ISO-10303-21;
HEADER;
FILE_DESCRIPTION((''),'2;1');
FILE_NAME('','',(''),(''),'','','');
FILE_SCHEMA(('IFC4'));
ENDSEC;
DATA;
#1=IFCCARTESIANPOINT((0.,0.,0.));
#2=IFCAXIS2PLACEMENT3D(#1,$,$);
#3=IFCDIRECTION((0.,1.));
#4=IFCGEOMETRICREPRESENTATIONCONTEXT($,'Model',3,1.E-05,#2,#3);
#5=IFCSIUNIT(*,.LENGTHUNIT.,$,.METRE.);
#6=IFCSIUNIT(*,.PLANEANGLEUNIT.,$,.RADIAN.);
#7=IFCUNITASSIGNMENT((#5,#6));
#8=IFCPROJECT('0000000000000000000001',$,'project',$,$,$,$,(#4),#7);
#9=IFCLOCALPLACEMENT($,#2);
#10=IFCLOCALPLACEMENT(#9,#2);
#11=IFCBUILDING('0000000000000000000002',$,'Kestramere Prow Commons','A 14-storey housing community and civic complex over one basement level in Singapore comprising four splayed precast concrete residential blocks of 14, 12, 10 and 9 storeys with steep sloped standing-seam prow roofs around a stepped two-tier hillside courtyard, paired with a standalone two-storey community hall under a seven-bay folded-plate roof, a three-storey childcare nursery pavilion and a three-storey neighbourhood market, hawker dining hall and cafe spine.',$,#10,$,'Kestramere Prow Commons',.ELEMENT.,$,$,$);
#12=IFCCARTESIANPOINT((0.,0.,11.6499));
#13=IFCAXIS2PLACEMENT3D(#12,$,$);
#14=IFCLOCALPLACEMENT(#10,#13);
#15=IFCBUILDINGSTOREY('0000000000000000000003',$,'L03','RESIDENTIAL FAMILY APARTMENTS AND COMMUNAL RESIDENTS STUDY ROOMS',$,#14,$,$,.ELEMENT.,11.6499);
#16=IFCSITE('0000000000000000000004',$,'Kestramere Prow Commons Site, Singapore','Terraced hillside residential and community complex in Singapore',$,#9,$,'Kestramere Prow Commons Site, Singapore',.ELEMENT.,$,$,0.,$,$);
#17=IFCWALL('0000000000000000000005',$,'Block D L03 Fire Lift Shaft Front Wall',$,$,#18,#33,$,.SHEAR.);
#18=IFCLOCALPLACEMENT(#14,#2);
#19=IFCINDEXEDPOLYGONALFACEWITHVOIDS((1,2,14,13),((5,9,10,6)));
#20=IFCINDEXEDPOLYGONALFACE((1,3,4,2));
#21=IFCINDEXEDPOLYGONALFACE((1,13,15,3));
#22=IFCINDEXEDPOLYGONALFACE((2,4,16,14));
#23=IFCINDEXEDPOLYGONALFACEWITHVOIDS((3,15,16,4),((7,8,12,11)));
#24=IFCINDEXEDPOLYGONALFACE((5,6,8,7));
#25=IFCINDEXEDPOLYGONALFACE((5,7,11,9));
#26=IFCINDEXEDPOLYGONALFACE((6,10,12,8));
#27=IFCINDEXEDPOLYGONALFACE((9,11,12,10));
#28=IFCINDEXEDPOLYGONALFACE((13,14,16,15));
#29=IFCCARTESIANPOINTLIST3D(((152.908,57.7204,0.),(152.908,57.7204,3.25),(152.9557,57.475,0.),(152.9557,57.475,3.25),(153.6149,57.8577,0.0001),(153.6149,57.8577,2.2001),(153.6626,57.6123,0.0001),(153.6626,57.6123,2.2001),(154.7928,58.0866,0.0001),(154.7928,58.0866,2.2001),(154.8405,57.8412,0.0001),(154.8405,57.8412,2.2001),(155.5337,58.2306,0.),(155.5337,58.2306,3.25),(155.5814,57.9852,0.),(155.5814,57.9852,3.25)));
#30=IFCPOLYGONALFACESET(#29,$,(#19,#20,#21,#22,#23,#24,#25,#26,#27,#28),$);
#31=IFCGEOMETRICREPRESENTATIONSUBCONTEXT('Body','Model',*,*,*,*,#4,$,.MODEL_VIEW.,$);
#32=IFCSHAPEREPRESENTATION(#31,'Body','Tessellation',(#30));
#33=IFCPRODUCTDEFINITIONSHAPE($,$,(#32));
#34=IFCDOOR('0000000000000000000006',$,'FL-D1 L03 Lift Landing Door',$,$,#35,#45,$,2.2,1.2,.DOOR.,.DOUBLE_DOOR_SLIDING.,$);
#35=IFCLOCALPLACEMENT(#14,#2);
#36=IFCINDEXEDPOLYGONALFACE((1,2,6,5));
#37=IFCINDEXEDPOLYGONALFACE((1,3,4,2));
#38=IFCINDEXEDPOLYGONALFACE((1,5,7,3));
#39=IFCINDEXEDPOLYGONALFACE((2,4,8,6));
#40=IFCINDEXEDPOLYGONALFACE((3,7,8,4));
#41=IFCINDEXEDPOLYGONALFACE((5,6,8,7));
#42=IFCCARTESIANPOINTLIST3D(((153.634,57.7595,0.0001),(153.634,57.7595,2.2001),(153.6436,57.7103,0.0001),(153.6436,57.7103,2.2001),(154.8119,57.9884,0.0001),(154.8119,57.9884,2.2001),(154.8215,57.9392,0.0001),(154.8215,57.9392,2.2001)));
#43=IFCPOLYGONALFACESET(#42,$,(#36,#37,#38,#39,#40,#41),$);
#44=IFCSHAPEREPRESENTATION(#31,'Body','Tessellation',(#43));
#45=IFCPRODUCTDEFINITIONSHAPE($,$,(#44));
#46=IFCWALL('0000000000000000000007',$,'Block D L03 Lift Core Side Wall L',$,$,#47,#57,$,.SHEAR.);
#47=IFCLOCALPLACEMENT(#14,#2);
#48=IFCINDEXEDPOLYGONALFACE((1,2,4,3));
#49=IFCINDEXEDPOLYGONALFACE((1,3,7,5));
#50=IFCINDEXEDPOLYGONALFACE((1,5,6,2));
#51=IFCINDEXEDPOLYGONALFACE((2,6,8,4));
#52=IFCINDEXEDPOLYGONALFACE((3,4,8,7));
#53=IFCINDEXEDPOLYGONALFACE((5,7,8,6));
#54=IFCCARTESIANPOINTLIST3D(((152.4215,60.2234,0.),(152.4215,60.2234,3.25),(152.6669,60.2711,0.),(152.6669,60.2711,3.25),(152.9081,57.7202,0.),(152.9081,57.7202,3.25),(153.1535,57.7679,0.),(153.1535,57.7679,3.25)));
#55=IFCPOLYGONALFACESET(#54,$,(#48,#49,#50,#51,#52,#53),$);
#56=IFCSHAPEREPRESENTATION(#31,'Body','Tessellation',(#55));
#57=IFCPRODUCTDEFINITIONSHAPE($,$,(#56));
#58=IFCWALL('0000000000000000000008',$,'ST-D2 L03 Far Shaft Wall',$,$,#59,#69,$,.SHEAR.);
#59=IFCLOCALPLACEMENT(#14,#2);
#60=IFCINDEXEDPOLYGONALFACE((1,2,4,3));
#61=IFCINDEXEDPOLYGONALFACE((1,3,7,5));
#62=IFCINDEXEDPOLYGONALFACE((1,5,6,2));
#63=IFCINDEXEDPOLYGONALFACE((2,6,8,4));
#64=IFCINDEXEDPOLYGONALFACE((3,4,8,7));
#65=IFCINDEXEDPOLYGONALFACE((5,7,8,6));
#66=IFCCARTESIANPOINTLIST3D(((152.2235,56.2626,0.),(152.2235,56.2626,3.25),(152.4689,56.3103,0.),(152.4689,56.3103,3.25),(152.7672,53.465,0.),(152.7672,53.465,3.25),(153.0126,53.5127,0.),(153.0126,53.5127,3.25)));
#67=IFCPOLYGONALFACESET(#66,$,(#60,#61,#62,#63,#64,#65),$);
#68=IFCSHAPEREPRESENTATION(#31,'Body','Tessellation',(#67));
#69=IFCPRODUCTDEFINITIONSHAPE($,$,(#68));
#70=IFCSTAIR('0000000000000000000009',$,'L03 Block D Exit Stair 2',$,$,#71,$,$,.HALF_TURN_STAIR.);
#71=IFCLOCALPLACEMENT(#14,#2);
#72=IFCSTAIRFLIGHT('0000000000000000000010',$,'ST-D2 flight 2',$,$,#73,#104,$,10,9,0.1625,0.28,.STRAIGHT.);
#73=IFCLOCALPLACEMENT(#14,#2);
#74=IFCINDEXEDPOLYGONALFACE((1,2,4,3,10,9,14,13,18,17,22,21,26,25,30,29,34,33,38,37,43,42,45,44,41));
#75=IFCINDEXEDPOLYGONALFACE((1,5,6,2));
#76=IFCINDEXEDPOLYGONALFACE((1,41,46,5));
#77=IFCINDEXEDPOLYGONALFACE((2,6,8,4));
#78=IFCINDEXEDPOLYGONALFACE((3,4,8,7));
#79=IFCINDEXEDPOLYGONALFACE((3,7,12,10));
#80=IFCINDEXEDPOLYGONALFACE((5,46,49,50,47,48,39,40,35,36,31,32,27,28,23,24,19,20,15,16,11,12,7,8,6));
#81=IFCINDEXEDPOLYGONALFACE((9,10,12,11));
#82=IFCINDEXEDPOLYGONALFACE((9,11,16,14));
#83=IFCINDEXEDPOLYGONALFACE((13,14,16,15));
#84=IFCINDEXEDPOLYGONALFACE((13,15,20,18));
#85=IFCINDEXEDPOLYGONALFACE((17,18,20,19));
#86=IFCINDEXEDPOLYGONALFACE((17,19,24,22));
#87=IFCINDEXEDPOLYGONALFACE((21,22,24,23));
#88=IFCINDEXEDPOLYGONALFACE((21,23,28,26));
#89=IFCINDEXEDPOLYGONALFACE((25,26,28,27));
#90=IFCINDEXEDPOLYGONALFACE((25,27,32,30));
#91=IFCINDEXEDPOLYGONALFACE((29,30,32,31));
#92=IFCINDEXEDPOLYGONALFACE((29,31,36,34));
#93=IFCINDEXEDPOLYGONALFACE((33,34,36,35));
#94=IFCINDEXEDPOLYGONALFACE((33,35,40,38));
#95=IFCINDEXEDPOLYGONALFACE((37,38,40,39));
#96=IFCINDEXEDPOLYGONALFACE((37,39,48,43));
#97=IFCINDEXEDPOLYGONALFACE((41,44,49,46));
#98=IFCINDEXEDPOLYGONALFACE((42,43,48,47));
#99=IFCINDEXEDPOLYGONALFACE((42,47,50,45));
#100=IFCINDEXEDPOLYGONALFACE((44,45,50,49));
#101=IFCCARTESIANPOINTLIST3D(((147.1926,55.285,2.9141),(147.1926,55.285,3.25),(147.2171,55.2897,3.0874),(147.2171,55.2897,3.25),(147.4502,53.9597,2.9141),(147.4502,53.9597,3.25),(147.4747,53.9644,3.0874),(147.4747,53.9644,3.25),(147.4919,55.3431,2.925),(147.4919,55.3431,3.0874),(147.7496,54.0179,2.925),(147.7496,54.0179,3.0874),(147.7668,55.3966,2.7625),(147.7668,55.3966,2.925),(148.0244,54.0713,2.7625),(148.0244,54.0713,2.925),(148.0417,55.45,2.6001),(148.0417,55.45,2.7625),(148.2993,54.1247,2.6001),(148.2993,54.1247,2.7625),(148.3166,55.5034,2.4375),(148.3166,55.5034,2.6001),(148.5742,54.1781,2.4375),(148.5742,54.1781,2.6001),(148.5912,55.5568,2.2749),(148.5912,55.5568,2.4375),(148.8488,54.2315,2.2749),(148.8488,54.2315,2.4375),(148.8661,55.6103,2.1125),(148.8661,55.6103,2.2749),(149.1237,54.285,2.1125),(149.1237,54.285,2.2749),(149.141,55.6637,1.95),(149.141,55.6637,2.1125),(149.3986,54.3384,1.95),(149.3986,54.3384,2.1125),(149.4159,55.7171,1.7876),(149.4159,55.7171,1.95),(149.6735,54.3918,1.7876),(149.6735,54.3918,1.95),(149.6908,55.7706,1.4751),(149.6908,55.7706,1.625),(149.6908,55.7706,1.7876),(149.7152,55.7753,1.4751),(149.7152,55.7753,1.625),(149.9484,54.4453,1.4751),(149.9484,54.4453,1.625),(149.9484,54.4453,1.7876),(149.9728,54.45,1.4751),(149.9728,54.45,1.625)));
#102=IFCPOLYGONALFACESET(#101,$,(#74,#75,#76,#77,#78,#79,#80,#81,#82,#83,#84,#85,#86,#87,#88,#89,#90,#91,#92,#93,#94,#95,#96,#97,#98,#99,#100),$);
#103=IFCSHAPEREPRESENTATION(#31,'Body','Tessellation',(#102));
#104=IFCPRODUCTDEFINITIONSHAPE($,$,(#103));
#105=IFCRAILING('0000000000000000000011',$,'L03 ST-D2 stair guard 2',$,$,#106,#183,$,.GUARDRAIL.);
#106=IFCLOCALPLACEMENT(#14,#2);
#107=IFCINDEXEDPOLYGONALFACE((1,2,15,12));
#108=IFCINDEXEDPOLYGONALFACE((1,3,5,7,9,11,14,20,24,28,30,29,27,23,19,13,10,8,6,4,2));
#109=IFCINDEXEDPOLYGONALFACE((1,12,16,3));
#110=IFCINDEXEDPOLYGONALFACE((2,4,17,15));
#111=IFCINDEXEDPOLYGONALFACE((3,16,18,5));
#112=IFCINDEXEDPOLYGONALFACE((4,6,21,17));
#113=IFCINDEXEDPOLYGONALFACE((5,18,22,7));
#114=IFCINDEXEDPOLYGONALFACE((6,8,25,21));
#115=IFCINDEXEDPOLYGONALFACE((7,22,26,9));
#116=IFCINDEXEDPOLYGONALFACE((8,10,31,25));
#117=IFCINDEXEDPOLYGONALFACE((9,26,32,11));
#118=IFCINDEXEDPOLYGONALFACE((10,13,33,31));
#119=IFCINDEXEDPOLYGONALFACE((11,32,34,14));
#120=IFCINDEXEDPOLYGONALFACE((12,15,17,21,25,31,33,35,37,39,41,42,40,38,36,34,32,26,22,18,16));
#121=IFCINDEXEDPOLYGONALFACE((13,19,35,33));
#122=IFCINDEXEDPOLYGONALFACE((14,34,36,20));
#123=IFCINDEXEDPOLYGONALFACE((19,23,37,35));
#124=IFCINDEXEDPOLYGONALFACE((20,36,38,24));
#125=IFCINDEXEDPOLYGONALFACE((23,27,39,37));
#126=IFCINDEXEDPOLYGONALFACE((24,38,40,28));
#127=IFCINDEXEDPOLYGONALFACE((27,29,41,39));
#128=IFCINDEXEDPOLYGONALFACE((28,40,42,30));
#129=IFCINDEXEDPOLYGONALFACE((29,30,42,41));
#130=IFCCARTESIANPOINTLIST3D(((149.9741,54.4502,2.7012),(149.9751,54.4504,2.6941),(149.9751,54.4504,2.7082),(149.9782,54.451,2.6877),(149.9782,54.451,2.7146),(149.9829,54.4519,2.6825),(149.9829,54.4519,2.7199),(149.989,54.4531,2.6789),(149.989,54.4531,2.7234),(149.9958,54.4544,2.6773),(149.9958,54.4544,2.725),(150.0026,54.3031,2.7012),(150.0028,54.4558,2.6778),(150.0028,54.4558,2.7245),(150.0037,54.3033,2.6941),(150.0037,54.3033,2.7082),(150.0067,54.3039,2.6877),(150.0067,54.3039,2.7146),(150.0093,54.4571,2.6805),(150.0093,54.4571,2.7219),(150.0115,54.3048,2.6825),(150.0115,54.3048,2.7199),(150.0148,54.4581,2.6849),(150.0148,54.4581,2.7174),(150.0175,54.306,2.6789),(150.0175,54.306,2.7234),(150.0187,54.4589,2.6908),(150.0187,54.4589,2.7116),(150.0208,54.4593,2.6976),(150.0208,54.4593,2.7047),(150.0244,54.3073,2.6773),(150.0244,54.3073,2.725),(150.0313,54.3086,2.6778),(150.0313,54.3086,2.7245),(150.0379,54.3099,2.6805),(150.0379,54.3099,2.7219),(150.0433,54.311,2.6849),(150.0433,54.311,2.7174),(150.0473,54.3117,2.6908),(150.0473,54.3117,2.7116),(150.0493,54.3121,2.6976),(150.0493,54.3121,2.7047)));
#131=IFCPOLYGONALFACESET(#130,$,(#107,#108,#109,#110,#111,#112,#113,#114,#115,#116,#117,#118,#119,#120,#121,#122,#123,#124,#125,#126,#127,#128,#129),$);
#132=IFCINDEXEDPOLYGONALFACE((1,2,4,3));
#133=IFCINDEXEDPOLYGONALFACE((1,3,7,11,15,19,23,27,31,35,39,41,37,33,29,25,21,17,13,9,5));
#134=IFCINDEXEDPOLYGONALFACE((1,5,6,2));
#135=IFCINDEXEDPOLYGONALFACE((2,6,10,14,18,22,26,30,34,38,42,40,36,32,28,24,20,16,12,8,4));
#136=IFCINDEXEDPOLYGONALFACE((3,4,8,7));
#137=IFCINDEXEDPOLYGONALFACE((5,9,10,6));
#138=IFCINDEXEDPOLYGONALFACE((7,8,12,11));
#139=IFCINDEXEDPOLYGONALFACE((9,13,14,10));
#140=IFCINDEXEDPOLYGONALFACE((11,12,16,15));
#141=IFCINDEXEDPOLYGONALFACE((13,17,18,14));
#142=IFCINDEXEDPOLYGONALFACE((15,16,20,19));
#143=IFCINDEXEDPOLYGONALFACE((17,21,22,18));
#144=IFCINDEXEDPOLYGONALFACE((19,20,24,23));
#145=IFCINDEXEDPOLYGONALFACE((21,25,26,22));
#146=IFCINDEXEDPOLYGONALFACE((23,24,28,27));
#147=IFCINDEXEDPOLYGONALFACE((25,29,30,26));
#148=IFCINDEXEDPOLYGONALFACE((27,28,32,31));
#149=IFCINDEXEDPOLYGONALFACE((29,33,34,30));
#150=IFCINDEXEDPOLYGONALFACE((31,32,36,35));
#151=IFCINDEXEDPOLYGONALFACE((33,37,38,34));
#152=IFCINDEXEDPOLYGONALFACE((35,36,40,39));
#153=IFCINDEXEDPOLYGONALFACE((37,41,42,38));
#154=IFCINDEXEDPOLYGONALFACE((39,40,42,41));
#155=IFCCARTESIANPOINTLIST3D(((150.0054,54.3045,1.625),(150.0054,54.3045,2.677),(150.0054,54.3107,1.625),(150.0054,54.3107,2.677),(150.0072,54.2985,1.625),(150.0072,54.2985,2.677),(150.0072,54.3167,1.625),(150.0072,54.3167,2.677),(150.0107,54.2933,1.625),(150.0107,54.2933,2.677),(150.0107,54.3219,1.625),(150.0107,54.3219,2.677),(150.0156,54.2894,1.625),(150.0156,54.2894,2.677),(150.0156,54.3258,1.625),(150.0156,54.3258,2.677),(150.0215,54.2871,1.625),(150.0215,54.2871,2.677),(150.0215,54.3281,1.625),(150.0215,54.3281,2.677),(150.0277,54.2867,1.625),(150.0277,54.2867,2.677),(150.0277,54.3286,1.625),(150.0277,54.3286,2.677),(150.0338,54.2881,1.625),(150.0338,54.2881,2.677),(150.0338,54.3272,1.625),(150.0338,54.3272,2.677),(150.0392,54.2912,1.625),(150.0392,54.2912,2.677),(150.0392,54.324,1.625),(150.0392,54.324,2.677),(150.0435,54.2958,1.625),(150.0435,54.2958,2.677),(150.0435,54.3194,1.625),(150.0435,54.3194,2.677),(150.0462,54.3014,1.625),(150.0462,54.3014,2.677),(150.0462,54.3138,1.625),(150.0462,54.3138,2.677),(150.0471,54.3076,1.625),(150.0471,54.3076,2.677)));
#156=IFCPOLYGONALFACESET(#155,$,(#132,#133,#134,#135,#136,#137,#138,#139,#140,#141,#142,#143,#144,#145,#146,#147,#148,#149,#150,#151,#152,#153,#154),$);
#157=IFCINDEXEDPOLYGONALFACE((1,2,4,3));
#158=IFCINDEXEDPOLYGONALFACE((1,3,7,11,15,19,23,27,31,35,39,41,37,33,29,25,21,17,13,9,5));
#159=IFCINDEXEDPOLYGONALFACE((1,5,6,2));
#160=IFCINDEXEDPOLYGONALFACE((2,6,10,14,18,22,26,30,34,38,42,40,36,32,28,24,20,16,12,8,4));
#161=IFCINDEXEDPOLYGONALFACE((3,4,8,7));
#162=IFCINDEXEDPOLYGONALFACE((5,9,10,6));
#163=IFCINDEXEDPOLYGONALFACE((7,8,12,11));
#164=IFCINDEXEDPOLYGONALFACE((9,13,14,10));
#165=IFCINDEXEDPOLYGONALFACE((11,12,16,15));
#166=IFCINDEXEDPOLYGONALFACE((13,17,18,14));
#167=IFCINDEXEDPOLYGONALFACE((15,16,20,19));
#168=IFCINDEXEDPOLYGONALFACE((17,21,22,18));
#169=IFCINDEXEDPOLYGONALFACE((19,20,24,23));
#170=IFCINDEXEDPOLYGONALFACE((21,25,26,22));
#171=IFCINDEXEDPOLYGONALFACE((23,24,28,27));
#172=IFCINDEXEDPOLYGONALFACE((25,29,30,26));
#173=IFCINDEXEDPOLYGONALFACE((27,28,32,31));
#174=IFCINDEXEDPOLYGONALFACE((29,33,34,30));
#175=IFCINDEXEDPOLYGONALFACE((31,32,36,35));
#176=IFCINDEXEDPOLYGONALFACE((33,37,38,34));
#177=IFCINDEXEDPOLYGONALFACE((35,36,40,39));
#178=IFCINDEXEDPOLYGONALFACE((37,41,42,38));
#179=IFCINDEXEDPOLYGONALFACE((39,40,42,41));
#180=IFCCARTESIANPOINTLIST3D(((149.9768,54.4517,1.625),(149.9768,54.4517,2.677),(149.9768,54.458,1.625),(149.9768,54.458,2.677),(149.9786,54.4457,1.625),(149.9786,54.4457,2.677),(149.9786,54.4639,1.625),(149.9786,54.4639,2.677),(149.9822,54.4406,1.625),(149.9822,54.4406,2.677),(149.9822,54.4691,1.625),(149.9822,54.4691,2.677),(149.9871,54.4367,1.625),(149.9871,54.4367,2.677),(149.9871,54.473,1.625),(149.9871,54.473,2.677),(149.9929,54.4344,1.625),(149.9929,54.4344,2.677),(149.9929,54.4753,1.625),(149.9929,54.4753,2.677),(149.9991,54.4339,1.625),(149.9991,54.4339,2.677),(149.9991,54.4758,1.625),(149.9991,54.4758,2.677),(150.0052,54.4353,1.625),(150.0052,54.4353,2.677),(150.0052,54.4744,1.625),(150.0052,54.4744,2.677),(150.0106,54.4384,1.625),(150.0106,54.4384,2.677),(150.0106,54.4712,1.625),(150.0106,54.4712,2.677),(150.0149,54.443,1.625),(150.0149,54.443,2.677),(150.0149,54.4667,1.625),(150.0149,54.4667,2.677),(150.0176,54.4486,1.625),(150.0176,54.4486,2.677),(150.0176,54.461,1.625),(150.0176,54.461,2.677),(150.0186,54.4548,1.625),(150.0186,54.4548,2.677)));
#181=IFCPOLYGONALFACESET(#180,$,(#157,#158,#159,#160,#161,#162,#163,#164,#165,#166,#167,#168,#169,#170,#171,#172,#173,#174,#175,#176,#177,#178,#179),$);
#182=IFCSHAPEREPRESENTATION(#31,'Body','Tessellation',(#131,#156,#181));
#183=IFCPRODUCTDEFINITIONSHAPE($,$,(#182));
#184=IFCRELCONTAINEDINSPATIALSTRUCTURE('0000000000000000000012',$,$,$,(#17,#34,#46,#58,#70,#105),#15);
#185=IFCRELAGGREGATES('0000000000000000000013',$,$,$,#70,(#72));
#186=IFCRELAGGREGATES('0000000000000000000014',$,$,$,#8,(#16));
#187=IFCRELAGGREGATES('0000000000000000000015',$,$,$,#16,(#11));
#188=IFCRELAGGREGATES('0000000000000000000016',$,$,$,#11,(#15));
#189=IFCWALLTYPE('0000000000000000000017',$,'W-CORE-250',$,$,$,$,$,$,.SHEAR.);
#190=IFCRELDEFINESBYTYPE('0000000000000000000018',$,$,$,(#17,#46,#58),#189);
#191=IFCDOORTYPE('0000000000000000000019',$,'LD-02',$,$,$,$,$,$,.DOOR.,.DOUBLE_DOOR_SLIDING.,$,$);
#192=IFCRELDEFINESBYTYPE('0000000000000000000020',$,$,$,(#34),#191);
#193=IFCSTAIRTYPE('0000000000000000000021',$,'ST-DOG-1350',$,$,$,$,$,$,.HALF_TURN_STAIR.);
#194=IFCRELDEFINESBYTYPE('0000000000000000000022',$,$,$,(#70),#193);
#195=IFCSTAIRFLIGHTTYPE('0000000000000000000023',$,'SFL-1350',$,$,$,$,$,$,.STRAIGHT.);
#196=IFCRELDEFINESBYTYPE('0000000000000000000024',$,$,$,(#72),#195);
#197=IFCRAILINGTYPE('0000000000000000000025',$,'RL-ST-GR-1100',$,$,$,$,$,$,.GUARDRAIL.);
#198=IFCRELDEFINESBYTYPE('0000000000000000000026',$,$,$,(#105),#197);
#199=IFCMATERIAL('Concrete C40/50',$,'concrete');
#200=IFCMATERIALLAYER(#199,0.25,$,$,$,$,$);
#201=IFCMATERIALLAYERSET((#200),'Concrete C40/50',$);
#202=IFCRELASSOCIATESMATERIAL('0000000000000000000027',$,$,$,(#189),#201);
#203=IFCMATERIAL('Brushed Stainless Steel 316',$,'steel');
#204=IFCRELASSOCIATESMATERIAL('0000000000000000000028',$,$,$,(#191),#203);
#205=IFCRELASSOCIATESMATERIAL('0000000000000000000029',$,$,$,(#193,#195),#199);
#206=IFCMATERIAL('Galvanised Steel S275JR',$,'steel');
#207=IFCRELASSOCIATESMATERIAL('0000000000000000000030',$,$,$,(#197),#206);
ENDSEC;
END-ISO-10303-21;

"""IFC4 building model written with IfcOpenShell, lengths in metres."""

from ifc_helpers import new_model, si_unit, direction, frame, frame_2d, origin, origin_2d, place, context, subcontext, project, spatial, polyline, rectangle, circle, outline, extrude, material, layer, layer_set, type_object, element, fill, aggregate, save


model = new_model("IFC4")

# Units and contexts
model_context = context("Model", 3, precision=1e-05, world=origin(), true_north=direction((0.0, 1.0)))
body_context = subcontext(model_context, "Body", "Model", "MODEL_VIEW")
ifc_project = project(units=[si_unit("LENGTHUNIT", "METRE"), si_unit("PLANEANGLEUNIT", "RADIAN")], contexts=[model_context])

# Site, building, storey
site_placement = place(None, origin())
site = spatial("IfcSite", under=ifc_project, at=site_placement, Name="Kestramere Prow Commons Site, Singapore", Description="Terraced hillside residential and community complex in Singapore", LongName="Kestramere Prow Commons Site, Singapore", CompositionType="ELEMENT", RefElevation=0.0)
building_placement = place(site_placement, origin())
building = spatial("IfcBuilding", under=site, at=building_placement, Name="Kestramere Prow Commons", Description="A 14-storey housing community and civic complex over one basement level in Singapore comprising four splayed precast concrete residential blocks of 14, 12, 10 and 9 storeys with steep sloped standing-seam prow roofs around a stepped two-tier hillside courtyard, paired with a standalone two-storey community hall under a seven-bay folded-plate roof, a three-storey childcare nursery pavilion and a three-storey neighbourhood market, hawker dining hall and cafe spine.", LongName="Kestramere Prow Commons", CompositionType="ELEMENT")
storey_placement = place(building_placement, frame((0.0, 0.0, 11.6499)))
storey = spatial("IfcBuildingStorey", under=building, at=storey_placement, Name="L03", Description="RESIDENTIAL FAMILY APARTMENTS AND COMMUNAL RESIDENTS STUDY ROOMS", CompositionType="ELEMENT", Elevation=11.6499)

# Shared definitions
ifc_material_1 = material(Name="Concrete C40/50", Category="concrete")

# Shared definitions
ifc_layer_1 = layer(ifc_material_1, 0.25)
ifc_layer_set_1 = layer_set([ifc_layer_1], Name="Concrete C40/50")
wall_type = type_object("IfcWallType", Name="W-CORE-250", PredefinedType="SHEAR", material=ifc_layer_set_1)

# Wall, opening, door
wall_1_placement = place(storey_placement, frame((152.9319, 57.5977, 0.0), z_axis=(0.0, 0.0, 1.0), x_axis=(0.981637, 0.19076, 0.0)))
wall_1 = element("IfcWall", 1, at=wall_1_placement, inside=storey, type_object=wall_type, Name="Block D L03 Fire Lift Shaft Front Wall", PredefinedType="SHEAR", context=body_context, shape_type="SweptSolid", body=[
    extrude(rectangle(XDim=2.6748, YDim=0.25, at=frame_2d((1.3374, 0.0))), origin(), (0.0, 0.0, 1.0), 3.25),
])
opening_placement = place(wall_1_placement, frame((0.72, 0.0, 0.0)))
opening = element("IfcOpeningElement", 2, at=opening_placement, cuts=wall_1, PredefinedType="OPENING", context=body_context, shape_type="SweptSolid", body=[
    extrude(rectangle(XDim=1.2, YDim=2.2, at=frame_2d((0.6001, 1.1001))), frame((0.0, 0.1399, 0.0), z_axis=(0.0, -1.0, 0.0), x_axis=(1.0, 0.0, 0.0)), (0.0, 0.0, 1.0), 0.28),
])
ifc_material_2 = material(Name="Brushed Stainless Steel 316", Category="steel")
door_type = type_object("IfcDoorType", Name="LD-02", OperationType="DOUBLE_DOOR_SLIDING", PredefinedType="DOOR", material=ifc_material_2)
door_placement = place(opening_placement, origin())
door = element("IfcDoor", 3, at=door_placement, inside=storey, type_object=door_type, Name="FL-D1 L03 Lift Landing Door", OperationType="DOUBLE_DOOR_SLIDING", OverallHeight=2.2, OverallWidth=1.2, PredefinedType="DOOR", context=body_context, shape_type="SweptSolid", body=[
    extrude(rectangle(XDim=1.2, YDim=2.2, at=frame_2d((0.6001, 1.1001))), frame((0.0, 0.0249, 0.0), z_axis=(0.0, -1.0, 0.0), x_axis=(1.0, 0.0, 0.0)), (0.0, 0.0, 1.0), 0.05),
])
fill(opening, door)

# Walls
wall_2_placement = place(storey_placement, frame((153.0308, 57.7441, 0.0), z_axis=(0.0, 0.0, 1.0), x_axis=(-0.190811, 0.981627, 0.0)))
element("IfcWall", 4, at=wall_2_placement, inside=storey, type_object=wall_type, Name="Block D L03 Lift Core Side Wall L", PredefinedType="SHEAR", context=body_context, shape_type="SweptSolid", body=[
    extrude(rectangle(XDim=2.55, YDim=0.25, at=frame_2d((1.2749, 0.0))), origin(), (0.0, 0.0, 1.0), 3.25),
])
wall_3_placement = place(storey_placement, frame((152.8899, 53.489, 0.0), z_axis=(0.0, 0.0, 1.0), x_axis=(-0.190776, 0.981634, 0.0)))
element("IfcWall", 5, at=wall_3_placement, inside=storey, type_object=wall_type, Name="ST-D2 L03 Far Shaft Wall", PredefinedType="SHEAR", context=body_context, shape_type="SweptSolid", body=[
    extrude(rectangle(XDim=2.8499, YDim=0.25, at=frame_2d((1.4248, 0.0))), origin(), (0.0, 0.0, 1.0), 3.25),
])

# Stair, stair flight
stair_type = type_object("IfcStairType", Name="ST-DOG-1350", PredefinedType="HALF_TURN_STAIR", material=ifc_material_1)
stair_placement = place(storey_placement, origin())
stair = element("IfcStair", 6, at=stair_placement, inside=storey, type_object=stair_type, Name="L03 Block D Exit Stair 2", PredefinedType="HALF_TURN_STAIR")
stair_flight_type = type_object("IfcStairFlightType", Name="SFL-1350", PredefinedType="STRAIGHT", material=ifc_material_1)
stair_flight_placement = place(storey_placement, frame((149.8196, 55.1079, 1.625), z_axis=(0.0, 0.0, 1.0), x_axis=(-0.981627, -0.190809, 0.0)))
stair_flight = element("IfcStairFlight", 7, at=stair_flight_placement, type_object=stair_flight_type, Name="ST-D2 flight 2", NumberOfRisers=10, NumberOfTreads=9, PredefinedType="STRAIGHT", RiserHeight=0.1625, TreadLength=0.28, context=body_context, shape_type="SweptSolid", body=[
    extrude(outline(polyline([(-0.0249, 0.0), (0.0, 0.0), (0.0, 0.1626), (0.28, 0.1626), (0.28, 0.325), (0.5601, 0.325), (0.5601, 0.4875), (0.8401, 0.4875), (0.8401, 0.6499), (1.1201, 0.6499), (1.1201, 0.8125), (1.3999, 0.8125), (1.3999, 0.9751), (1.6799, 0.9751), (1.6799, 1.1375), (1.96, 1.1375), (1.96, 1.3), (2.24, 1.3), (2.24, 1.4624), (2.52, 1.4624), (2.52, 1.625), (2.5449, 1.625), (2.5449, 1.2891), (0.0, -0.1499), (-0.0249, -0.1499), (-0.0249, 0.0)])), frame((0.0, 0.675, 0.0), z_axis=(0.0, -1.0, 0.0), x_axis=(1.0, 0.0, 0.0)), (0.0, 0.0, 1.0), 1.3501),
])
aggregate(stair, [stair_flight])

# Railing
ifc_material_3 = material(Name="Galvanised Steel S275JR", Category="steel")
railing_type_1 = type_object("IfcRailingType", Name="RL-ST-GR-1100", PredefinedType="GUARDRAIL", material=ifc_material_3)
railing_1_placement = place(storey_placement, frame((150.0261, 54.3076, 1.625)))
element("IfcRailing", 8, at=railing_1_placement, inside=storey, type_object=railing_type_1, Name="L03 ST-D2 stair guard 2", PredefinedType="GUARDRAIL", context=body_context, shape_type="SweptSolid", body=[
    extrude(circle(Radius=0.0239, at=origin_2d()), frame((0.0, 0.0, 1.0762), z_axis=(-0.190477, 0.981692, 0.0), x_axis=(-0.981692, -0.190477, 0.0)), (0.0, 0.0, 1.0), 0.1499),
    extrude(circle(Radius=0.021, at=origin_2d()), origin(), (0.0, 0.0, 1.0), 1.052),
    extrude(circle(Radius=0.021, at=origin_2d()), frame((-0.0286, 0.1472, 0.0)), (0.0, 0.0, 1.0), 1.052),
])

save(model, "model.ifc")
